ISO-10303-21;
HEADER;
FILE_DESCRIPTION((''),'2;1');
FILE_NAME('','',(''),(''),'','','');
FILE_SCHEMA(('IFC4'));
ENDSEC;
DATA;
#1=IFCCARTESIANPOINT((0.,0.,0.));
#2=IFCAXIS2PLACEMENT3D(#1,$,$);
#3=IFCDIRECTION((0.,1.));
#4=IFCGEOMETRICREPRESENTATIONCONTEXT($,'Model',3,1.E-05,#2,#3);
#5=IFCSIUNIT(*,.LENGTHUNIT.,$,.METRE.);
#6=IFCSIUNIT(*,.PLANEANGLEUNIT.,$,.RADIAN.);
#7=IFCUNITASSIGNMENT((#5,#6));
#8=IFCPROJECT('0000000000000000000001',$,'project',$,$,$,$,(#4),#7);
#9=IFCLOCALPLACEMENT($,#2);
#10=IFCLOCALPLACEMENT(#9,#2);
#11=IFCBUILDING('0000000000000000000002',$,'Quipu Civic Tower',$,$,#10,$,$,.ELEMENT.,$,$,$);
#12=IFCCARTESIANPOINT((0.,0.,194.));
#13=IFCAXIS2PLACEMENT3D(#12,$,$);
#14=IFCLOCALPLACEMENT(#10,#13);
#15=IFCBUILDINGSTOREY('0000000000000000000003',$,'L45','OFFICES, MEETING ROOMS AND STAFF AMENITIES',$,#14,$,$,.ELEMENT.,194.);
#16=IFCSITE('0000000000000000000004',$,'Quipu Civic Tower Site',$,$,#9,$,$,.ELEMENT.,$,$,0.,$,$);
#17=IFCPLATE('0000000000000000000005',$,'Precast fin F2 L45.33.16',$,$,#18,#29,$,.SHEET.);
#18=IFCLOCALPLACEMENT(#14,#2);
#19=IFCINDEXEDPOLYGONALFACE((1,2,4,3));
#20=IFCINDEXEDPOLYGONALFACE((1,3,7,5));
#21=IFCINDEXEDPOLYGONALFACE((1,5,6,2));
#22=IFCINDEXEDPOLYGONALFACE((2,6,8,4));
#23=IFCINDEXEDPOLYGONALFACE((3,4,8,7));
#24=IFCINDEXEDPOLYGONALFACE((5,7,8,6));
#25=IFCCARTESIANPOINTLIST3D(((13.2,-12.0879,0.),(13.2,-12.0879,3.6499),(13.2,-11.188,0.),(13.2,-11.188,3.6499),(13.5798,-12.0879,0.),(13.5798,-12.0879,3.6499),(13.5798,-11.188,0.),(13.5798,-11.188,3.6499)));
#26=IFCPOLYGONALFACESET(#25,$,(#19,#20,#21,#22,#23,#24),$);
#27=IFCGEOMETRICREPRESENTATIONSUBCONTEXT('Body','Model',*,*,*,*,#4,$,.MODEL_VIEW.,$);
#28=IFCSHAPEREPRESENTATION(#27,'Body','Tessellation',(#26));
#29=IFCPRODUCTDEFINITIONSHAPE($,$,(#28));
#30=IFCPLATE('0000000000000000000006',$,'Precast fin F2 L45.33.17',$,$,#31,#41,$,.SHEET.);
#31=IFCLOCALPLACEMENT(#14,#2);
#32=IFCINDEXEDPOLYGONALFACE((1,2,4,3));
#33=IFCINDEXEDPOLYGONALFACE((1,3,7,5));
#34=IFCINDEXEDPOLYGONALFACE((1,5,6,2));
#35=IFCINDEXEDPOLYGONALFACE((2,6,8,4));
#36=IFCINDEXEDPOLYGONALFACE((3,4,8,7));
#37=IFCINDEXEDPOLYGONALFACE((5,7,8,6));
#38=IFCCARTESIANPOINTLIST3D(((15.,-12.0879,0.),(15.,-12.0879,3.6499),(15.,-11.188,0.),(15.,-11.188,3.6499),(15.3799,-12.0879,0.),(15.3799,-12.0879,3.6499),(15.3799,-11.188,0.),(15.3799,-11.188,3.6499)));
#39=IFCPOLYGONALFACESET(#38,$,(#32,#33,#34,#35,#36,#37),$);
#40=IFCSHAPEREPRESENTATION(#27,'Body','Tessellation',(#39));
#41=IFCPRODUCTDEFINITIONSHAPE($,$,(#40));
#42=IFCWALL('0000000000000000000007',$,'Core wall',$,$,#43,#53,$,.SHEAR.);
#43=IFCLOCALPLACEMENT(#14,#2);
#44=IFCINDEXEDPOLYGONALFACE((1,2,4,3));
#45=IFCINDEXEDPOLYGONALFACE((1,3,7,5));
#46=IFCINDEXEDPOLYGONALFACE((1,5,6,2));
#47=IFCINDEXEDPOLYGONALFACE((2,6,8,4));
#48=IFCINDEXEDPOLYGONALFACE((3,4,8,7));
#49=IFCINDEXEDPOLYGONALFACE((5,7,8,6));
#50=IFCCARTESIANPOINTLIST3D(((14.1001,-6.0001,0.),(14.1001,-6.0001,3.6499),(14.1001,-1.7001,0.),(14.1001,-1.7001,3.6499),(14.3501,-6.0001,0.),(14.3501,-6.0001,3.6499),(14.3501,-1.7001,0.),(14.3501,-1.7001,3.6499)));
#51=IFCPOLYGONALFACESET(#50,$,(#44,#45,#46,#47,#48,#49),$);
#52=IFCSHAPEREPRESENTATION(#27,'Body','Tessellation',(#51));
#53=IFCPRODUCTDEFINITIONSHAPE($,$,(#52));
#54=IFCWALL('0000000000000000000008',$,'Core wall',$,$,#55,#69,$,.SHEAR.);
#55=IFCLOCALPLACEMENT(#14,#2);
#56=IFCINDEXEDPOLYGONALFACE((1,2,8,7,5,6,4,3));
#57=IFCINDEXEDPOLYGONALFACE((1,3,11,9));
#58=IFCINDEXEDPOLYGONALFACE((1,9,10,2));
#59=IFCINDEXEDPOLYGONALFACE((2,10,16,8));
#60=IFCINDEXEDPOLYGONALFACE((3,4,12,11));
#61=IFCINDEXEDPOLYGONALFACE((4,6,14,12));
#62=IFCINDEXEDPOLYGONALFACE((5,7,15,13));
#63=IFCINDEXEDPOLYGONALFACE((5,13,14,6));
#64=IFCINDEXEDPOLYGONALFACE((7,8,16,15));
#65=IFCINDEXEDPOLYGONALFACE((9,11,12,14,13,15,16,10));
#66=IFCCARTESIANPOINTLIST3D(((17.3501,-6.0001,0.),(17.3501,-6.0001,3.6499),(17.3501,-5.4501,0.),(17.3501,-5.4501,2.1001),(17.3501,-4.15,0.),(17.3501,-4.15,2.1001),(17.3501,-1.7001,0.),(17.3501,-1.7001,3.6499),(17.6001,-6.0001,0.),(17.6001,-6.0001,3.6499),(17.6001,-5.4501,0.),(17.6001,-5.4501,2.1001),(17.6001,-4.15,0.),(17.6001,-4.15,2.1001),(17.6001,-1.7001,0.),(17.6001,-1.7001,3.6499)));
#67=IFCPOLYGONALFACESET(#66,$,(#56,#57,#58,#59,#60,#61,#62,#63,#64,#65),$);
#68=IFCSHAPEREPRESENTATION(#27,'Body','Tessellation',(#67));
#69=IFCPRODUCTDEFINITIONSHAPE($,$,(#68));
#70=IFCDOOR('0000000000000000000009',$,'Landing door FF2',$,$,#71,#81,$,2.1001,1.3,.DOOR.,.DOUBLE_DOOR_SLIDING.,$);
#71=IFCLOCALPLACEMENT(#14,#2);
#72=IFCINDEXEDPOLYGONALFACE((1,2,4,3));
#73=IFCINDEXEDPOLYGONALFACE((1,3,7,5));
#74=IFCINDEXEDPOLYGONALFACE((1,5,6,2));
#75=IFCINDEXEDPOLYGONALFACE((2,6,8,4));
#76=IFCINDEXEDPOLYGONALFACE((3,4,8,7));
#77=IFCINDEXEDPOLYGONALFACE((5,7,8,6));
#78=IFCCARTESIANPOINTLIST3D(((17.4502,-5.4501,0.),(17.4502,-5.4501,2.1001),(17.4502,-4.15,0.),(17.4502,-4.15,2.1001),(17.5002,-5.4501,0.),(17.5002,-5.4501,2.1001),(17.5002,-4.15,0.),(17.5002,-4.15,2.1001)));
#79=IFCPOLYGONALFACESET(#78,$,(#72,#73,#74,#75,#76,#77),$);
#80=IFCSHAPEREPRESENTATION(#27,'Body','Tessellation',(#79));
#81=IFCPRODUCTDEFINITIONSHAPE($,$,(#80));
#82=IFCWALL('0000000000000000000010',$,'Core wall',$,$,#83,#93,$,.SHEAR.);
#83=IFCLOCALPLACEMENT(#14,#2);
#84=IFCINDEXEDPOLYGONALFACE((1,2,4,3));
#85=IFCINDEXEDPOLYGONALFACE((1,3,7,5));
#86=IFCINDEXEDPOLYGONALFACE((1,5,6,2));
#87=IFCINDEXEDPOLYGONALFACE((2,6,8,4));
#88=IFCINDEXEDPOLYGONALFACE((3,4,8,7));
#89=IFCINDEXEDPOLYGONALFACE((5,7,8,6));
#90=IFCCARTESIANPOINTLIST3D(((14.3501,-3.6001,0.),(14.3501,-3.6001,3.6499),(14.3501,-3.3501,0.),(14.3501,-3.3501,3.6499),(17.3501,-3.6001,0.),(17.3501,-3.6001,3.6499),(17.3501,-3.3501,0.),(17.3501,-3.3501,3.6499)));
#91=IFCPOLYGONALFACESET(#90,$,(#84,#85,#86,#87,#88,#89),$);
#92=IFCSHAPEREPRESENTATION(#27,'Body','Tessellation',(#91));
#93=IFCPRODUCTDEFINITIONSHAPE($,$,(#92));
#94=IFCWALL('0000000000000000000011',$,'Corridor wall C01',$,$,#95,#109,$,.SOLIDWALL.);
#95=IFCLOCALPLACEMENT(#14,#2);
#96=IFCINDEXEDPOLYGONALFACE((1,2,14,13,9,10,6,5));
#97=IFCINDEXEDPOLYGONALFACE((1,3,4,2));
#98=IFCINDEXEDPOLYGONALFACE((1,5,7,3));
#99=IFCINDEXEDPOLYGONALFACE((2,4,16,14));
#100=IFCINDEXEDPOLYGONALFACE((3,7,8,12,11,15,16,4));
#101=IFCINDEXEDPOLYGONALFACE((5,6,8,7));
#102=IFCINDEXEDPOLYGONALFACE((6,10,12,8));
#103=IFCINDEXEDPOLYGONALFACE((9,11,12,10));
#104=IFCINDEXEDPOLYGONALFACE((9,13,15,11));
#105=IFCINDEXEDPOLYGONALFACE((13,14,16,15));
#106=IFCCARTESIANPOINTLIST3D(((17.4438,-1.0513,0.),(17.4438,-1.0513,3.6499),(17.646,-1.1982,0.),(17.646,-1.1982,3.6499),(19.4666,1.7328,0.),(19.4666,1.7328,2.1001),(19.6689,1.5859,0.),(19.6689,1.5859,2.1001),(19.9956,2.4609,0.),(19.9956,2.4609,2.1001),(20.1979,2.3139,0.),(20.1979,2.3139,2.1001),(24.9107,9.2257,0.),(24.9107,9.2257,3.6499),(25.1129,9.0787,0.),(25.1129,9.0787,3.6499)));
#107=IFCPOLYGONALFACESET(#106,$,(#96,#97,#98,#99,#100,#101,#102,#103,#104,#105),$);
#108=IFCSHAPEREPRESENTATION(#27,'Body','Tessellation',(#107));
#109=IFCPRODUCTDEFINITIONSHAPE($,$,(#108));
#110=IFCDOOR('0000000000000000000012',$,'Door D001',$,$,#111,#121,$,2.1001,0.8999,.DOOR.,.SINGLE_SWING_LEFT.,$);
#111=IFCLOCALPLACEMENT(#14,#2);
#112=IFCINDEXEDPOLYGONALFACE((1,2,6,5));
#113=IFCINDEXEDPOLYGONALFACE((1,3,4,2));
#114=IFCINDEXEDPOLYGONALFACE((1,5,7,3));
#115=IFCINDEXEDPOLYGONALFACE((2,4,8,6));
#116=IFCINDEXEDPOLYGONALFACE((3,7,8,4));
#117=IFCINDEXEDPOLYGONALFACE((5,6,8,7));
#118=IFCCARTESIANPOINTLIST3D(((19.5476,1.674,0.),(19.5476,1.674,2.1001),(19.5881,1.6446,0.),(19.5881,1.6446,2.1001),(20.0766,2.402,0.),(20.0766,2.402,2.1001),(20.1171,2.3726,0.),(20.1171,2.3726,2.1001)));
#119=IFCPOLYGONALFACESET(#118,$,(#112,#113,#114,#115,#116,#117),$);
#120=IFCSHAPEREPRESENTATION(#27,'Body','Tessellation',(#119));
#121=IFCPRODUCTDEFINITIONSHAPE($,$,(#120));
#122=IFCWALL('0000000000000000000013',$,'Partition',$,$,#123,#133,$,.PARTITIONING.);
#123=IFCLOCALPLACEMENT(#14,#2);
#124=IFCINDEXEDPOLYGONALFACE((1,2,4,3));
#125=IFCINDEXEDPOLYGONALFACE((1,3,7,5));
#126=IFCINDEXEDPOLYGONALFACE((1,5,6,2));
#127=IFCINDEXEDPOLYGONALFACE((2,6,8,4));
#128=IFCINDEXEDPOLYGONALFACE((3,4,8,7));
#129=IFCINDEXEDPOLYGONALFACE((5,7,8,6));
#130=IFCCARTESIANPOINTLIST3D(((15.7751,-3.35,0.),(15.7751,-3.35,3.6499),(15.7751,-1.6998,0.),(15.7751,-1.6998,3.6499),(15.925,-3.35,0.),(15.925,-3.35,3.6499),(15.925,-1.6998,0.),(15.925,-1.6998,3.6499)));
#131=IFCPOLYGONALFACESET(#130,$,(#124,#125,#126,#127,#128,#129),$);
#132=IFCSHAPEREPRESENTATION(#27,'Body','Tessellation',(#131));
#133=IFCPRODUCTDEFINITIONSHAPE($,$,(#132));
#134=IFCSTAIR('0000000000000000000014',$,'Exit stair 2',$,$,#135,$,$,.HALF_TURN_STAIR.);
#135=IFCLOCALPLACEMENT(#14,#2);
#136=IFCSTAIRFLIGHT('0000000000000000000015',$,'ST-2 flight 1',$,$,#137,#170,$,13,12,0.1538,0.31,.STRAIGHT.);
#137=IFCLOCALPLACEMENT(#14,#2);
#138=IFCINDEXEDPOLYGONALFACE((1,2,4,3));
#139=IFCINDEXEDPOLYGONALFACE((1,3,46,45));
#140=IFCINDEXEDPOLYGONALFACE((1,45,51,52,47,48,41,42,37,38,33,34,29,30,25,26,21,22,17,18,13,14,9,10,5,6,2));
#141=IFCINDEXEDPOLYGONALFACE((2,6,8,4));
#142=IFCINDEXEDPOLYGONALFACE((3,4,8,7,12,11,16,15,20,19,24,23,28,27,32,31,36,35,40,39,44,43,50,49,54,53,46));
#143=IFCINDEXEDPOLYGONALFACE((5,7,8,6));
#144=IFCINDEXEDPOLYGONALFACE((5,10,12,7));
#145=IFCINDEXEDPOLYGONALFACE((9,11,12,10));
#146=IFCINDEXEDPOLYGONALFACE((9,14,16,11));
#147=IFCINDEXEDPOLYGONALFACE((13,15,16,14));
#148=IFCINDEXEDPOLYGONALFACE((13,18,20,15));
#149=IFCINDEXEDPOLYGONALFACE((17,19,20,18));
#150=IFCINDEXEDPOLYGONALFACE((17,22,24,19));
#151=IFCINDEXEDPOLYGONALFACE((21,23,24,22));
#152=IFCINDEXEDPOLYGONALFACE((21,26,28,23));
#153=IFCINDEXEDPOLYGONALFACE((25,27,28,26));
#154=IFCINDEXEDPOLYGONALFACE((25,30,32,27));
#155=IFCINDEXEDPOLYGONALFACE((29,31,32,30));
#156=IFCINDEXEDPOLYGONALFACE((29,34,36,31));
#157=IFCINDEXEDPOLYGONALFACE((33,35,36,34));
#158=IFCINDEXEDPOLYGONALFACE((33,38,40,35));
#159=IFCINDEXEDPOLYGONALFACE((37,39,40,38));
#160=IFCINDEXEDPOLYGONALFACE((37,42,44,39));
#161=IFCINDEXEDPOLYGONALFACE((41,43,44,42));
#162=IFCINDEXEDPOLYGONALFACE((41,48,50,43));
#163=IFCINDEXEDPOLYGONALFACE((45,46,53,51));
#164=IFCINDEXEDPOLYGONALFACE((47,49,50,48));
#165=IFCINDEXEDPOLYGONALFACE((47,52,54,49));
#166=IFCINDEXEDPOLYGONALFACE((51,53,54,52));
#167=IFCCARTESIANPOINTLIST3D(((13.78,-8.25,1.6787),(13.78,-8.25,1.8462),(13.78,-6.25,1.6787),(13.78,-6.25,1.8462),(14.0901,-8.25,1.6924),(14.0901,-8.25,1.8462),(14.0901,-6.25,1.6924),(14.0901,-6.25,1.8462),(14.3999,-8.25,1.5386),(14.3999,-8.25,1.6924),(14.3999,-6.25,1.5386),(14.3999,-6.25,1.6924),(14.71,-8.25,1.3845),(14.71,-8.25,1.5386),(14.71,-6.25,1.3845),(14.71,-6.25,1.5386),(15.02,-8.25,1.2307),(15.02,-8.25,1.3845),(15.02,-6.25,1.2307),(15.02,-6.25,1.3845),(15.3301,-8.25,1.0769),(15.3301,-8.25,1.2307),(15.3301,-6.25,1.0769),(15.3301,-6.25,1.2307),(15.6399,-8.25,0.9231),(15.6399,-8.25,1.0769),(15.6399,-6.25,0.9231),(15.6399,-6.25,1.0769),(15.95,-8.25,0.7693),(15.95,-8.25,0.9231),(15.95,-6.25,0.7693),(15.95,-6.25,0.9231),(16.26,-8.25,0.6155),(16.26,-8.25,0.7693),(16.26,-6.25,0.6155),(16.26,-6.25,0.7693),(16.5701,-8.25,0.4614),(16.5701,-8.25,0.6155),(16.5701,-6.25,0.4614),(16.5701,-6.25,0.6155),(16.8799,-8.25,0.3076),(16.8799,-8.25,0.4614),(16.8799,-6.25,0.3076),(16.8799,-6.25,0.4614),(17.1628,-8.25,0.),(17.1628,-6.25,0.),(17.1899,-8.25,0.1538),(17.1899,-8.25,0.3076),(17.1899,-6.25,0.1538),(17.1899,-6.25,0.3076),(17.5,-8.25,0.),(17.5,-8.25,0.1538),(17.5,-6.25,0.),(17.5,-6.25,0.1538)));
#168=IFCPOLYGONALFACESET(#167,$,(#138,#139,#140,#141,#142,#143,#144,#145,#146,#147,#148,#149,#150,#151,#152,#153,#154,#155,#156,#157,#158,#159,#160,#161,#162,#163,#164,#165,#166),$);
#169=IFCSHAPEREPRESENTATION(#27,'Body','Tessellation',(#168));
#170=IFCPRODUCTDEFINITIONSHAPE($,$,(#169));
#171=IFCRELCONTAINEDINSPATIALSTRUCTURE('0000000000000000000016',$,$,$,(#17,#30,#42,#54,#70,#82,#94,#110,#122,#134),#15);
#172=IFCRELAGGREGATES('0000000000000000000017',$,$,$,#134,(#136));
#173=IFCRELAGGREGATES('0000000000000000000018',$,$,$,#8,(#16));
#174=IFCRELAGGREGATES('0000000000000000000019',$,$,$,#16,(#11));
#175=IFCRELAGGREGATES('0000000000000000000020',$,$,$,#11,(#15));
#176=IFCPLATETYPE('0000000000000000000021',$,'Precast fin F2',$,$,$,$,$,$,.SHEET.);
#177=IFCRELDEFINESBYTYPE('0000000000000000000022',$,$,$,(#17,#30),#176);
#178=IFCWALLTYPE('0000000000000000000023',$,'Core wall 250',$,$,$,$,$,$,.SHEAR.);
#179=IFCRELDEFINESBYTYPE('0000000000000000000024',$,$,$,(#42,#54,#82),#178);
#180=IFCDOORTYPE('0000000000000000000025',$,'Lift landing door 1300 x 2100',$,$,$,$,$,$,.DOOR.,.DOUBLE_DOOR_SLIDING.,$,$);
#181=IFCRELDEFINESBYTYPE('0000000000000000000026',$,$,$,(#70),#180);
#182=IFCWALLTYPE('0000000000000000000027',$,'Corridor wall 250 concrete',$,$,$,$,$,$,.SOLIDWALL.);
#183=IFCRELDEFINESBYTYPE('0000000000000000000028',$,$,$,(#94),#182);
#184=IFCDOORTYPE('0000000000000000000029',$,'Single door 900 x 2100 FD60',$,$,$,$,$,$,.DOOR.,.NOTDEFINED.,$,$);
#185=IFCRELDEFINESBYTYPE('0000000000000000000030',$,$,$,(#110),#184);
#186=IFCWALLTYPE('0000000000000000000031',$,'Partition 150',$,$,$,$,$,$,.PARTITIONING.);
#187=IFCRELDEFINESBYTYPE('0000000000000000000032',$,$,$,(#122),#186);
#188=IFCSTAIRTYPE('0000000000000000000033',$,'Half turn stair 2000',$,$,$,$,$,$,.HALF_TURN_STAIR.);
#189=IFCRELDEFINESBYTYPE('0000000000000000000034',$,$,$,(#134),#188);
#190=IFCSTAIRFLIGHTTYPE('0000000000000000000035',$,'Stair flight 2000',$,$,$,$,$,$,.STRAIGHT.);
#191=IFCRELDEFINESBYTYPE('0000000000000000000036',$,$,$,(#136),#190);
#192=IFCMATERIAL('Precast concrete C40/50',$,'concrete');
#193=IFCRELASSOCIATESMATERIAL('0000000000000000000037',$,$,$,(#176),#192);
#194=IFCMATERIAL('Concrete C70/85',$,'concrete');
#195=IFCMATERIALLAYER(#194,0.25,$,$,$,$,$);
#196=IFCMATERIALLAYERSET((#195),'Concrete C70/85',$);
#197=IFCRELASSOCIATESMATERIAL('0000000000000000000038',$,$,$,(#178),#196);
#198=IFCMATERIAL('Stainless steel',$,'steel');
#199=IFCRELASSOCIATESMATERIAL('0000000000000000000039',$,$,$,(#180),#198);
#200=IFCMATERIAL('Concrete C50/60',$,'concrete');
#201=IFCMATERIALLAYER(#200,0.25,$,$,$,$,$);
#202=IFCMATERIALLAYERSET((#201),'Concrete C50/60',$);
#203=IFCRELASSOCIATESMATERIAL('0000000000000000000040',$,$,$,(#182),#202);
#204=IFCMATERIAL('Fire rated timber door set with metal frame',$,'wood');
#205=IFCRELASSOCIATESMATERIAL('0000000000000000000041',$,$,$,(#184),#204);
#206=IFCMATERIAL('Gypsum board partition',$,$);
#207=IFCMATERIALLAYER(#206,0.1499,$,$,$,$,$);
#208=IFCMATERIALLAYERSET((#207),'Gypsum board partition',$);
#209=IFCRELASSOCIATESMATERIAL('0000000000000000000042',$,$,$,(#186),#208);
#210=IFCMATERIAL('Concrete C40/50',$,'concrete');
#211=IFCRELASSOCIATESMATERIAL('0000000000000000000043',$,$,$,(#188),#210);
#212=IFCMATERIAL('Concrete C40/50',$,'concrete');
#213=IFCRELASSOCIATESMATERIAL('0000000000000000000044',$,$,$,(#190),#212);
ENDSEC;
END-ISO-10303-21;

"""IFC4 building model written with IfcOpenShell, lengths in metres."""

from ifc_helpers import new_model, si_unit, direction, frame, frame_2d, origin, origin_2d, place, context, subcontext, project, spatial, polyline, rectangle, outline, extrude, material, layer, layer_set, type_object, element, fill, aggregate, save


model = new_model("IFC4")

# Units and contexts
model_context = context("Model", 3, precision=1e-05, world=origin(), true_north=direction((0.0, 1.0)))
body_context = subcontext(model_context, "Body", "Model", "MODEL_VIEW")
ifc_project = project(units=[si_unit("LENGTHUNIT", "METRE"), si_unit("PLANEANGLEUNIT", "RADIAN")], contexts=[model_context])

# Site, building, storey
site_placement = place(None, origin())
site = spatial("IfcSite", under=ifc_project, at=site_placement, Name="Quipu Civic Tower Site", CompositionType="ELEMENT", RefElevation=0.0)
building_placement = place(site_placement, origin())
building = spatial("IfcBuilding", under=site, at=building_placement, Name="Quipu Civic Tower", CompositionType="ELEMENT")
storey_placement = place(building_placement, frame((0.0, 0.0, 194.0)))
storey = spatial("IfcBuildingStorey", under=building, at=storey_placement, Name="L45", Description="OFFICES, MEETING ROOMS AND STAFF AMENITIES", CompositionType="ELEMENT", Elevation=194.0)

# Plates
ifc_material_1 = material(Name="Precast concrete C40/50", Category="concrete")
plate_type = type_object("IfcPlateType", Name="Precast fin F2", PredefinedType="SHEET", material=ifc_material_1)
for number, where, z_axis, x_axis, name in (
    (1, (13.3899, -11.6379, 0.0), (0.0, 0.0, 1.0), (1.0, 0.0, 0.0), "Precast fin F2 L45.33.16"),
    (2, (15.1899, -11.6379, 0.0), (0.0, 0.0, 1.0), (1.0, 0.0, 0.0), "Precast fin F2 L45.33.17"),
):
    element("IfcPlate", number, at=place(storey_placement, frame(where, z_axis=z_axis, x_axis=x_axis)), inside=storey, type_object=plate_type, Name=name, PredefinedType="SHEET", context=body_context, shape_type="SweptSolid", body=[
        extrude(rectangle(XDim=0.3799, YDim=0.8999, at=origin_2d()), origin(), (0.0, 0.0, 1.0), 3.6499),
    ])

# Wall
ifc_material_2 = material(Name="Concrete C70/85", Category="concrete")
ifc_layer_1 = layer(ifc_material_2, 0.25)
ifc_layer_set_1 = layer_set([ifc_layer_1], Name="Concrete C70/85")
wall_type_1 = type_object("IfcWallType", Name="Core wall 250", PredefinedType="SHEAR", material=ifc_layer_set_1)
wall_1_placement = place(storey_placement, frame((14.2251, -6.0, 0.0), z_axis=(0.0, 0.0, 1.0), x_axis=(0.0, 1.0, 0.0)))
element("IfcWall", 3, at=wall_1_placement, inside=storey, type_object=wall_type_1, Name="Core wall", PredefinedType="SHEAR", context=body_context, shape_type="SweptSolid", body=[
    extrude(rectangle(XDim=4.3, YDim=0.25, at=frame_2d((2.1499, 0.0))), origin(), (0.0, 0.0, 1.0), 3.6499),
])

# Wall, opening, door
wall_2_placement = place(storey_placement, frame((17.4751, -6.0, 0.0), z_axis=(0.0, 0.0, 1.0), x_axis=(0.0, 1.0, 0.0)))
wall_2 = element("IfcWall", 4, at=wall_2_placement, inside=storey, type_object=wall_type_1, Name="Core wall", PredefinedType="SHEAR", context=body_context, shape_type="SweptSolid", body=[
    extrude(rectangle(XDim=4.3, YDim=0.25, at=frame_2d((2.1499, 0.0))), origin(), (0.0, 0.0, 1.0), 3.6499),
])
opening_1_placement = place(wall_2_placement, frame((0.55, 0.0, 0.0)))
opening_1 = element("IfcOpeningElement", 5, at=opening_1_placement, cuts=wall_2, PredefinedType="OPENING", context=body_context, shape_type="SweptSolid", body=[
    extrude(rectangle(XDim=1.3, YDim=2.1001, at=frame_2d((0.6499, 1.05))), frame((0.0, 0.135, 0.0), z_axis=(0.0, -1.0, 0.0), x_axis=(1.0, 0.0, 0.0)), (0.0, 0.0, 1.0), 0.27),
])
ifc_material_3 = material(Name="Stainless steel", Category="steel")
door_type_1 = type_object("IfcDoorType", Name="Lift landing door 1300 x 2100", OperationType="DOUBLE_DOOR_SLIDING", PredefinedType="DOOR", material=ifc_material_3)
door_1_placement = place(opening_1_placement, origin())
door_1 = element("IfcDoor", 6, at=door_1_placement, inside=storey, type_object=door_type_1, Name="Landing door FF2", OperationType="DOUBLE_DOOR_SLIDING", OverallHeight=2.1001, OverallWidth=1.3, PredefinedType="DOOR", context=body_context, shape_type="SweptSolid", body=[
    extrude(rectangle(XDim=1.3, YDim=2.1001, at=frame_2d((0.6499, 1.05))), frame((0.0, 0.0249, 0.0), z_axis=(0.0, -1.0, 0.0), x_axis=(1.0, 0.0, 0.0)), (0.0, 0.0, 1.0), 0.05),
])
fill(opening_1, door_1)

# Wall
wall_3_placement = place(storey_placement, frame((14.3501, -3.4751, 0.0), z_axis=(0.0, 0.0, 1.0), x_axis=(1.0, 0.0, 0.0)))
element("IfcWall", 7, at=wall_3_placement, inside=storey, type_object=wall_type_1, Name="Core wall", PredefinedType="SHEAR", context=body_context, shape_type="SweptSolid", body=[
    extrude(rectangle(XDim=3.0, YDim=0.25, at=frame_2d((1.5, 0.0))), origin(), (0.0, 0.0, 1.0), 3.6499),
])

# Wall, opening, door
ifc_material_4 = material(Name="Concrete C50/60", Category="concrete")
ifc_layer_2 = layer(ifc_material_4, 0.25)
ifc_layer_set_2 = layer_set([ifc_layer_2], Name="Concrete C50/60")
wall_type_2 = type_object("IfcWallType", Name="Corridor wall 250 concrete", PredefinedType="SOLIDWALL", material=ifc_layer_set_2)
wall_4_placement = place(storey_placement, frame((17.5449, -1.1248, 0.0), z_axis=(0.0, 0.0, 1.0), x_axis=(0.587797, 0.809009, 0.0)))
wall_4 = element("IfcWall", 8, at=wall_4_placement, inside=storey, type_object=wall_type_2, Name="Corridor wall C01", PredefinedType="SOLIDWALL", context=body_context, shape_type="SweptSolid", body=[
    extrude(rectangle(XDim=12.7031, YDim=0.25, at=frame_2d((6.3516, 0.0))), origin(), (0.0, 0.0, 1.0), 3.6499),
])
opening_2_placement = place(wall_4_placement, frame((3.4414, 0.0, 0.0)))
opening_2 = element("IfcOpeningElement", 9, at=opening_2_placement, cuts=wall_4, PredefinedType="OPENING", context=body_context, shape_type="SweptSolid", body=[
    extrude(rectangle(XDim=0.8999, YDim=2.1001, at=frame_2d((0.45, 1.05))), frame((0.0, 0.135, 0.0), z_axis=(0.0, -1.0, 0.0), x_axis=(1.0, 0.0, 0.0)), (0.0, 0.0, 1.0), 0.27),
])
ifc_material_5 = material(Name="Fire rated timber door set with metal frame", Category="wood")
door_type_2 = type_object("IfcDoorType", Name="Single door 900 x 2100 FD60", OperationType="NOTDEFINED", PredefinedType="DOOR", material=ifc_material_5)
door_2_placement = place(opening_2_placement, origin())
door_2 = element("IfcDoor", 10, at=door_2_placement, inside=storey, type_object=door_type_2, Name="Door D001", OperationType="SINGLE_SWING_LEFT", OverallHeight=2.1001, OverallWidth=0.8999, PredefinedType="DOOR", context=body_context, shape_type="SweptSolid", body=[
    extrude(rectangle(XDim=0.8999, YDim=2.1001, at=frame_2d((0.45, 1.05))), frame((0.0, 0.0249, 0.0), z_axis=(0.0, -1.0, 0.0), x_axis=(1.0, 0.0, 0.0)), (0.0, 0.0, 1.0), 0.05),
])
fill(opening_2, door_2)

# Wall
ifc_material_6 = material(Name="Gypsum board partition")
ifc_layer_3 = layer(ifc_material_6, 0.1499)
ifc_layer_set_3 = layer_set([ifc_layer_3], Name="Gypsum board partition")
wall_type_3 = type_object("IfcWallType", Name="Partition 150", PredefinedType="PARTITIONING", material=ifc_layer_set_3)
wall_5_placement = place(storey_placement, frame((15.8501, -3.3501, 0.0), z_axis=(0.0, 0.0, 1.0), x_axis=(0.0, 1.0, 0.0)))
element("IfcWall", 11, at=wall_5_placement, inside=storey, type_object=wall_type_3, Name="Partition", PredefinedType="PARTITIONING", context=body_context, shape_type="SweptSolid", body=[
    extrude(rectangle(XDim=1.6501, YDim=0.1499, at=frame_2d((0.8252, 0.0))), origin(), (0.0, 0.0, 1.0), 3.6499),
])

# Stair, stair flight
ifc_material_7 = material(Name="Concrete C40/50", Category="concrete")
stair_type = type_object("IfcStairType", Name="Half turn stair 2000", PredefinedType="HALF_TURN_STAIR", material=ifc_material_7)
stair_placement = place(storey_placement, origin())
stair = element("IfcStair", 12, at=stair_placement, inside=storey, type_object=stair_type, Name="Exit stair 2", PredefinedType="HALF_TURN_STAIR")
ifc_material_8 = material(Name="Concrete C40/50", Category="concrete")
stair_flight_type = type_object("IfcStairFlightType", Name="Stair flight 2000", PredefinedType="STRAIGHT", material=ifc_material_8)
stair_flight_1_placement = place(storey_placement, frame((17.5, -7.25, 0.0), z_axis=(0.0, 0.0, 1.0), x_axis=(-1.0, 0.0, 0.0)))
stair_flight_1 = element("IfcStairFlight", 13, at=stair_flight_1_placement, type_object=stair_flight_type, Name="ST-2 flight 1", NumberOfRisers=13, NumberOfTreads=12, PredefinedType="STRAIGHT", RiserHeight=0.1538, TreadLength=0.31, context=body_context, shape_type="SweptSolid", body=[
    extrude(outline(polyline([(0.0, 0.0), (0.0, 0.1538), (0.3101, 0.1538), (0.3101, 0.3076), (0.6201, 0.3076), (0.6201, 0.4614), (0.9299, 0.4614), (0.9299, 0.6155), (1.24, 0.6155), (1.24, 0.7693), (1.55, 0.7693), (1.55, 0.9231), (1.8601, 0.9231), (1.8601, 1.0769), (2.1699, 1.0769), (2.1699, 1.2307), (2.48, 1.2307), (2.48, 1.3845), (2.79, 1.3845), (2.79, 1.5386), (3.1001, 1.5386), (3.1001, 1.6924), (3.4099, 1.6924), (3.4099, 1.8462), (3.72, 1.8462), (3.72, 2.0), (3.72, 1.6787), (0.3372, 0.0), (0.0, 0.0)])), frame((0.0, 1.0, 0.0), z_axis=(0.0, -1.0, 0.0), x_axis=(1.0, 0.0, 0.0)), (0.0, 0.0, 1.0), 2.0),
])
aggregate(stair, [stair_flight_1])

save(model, "model.ifc")
